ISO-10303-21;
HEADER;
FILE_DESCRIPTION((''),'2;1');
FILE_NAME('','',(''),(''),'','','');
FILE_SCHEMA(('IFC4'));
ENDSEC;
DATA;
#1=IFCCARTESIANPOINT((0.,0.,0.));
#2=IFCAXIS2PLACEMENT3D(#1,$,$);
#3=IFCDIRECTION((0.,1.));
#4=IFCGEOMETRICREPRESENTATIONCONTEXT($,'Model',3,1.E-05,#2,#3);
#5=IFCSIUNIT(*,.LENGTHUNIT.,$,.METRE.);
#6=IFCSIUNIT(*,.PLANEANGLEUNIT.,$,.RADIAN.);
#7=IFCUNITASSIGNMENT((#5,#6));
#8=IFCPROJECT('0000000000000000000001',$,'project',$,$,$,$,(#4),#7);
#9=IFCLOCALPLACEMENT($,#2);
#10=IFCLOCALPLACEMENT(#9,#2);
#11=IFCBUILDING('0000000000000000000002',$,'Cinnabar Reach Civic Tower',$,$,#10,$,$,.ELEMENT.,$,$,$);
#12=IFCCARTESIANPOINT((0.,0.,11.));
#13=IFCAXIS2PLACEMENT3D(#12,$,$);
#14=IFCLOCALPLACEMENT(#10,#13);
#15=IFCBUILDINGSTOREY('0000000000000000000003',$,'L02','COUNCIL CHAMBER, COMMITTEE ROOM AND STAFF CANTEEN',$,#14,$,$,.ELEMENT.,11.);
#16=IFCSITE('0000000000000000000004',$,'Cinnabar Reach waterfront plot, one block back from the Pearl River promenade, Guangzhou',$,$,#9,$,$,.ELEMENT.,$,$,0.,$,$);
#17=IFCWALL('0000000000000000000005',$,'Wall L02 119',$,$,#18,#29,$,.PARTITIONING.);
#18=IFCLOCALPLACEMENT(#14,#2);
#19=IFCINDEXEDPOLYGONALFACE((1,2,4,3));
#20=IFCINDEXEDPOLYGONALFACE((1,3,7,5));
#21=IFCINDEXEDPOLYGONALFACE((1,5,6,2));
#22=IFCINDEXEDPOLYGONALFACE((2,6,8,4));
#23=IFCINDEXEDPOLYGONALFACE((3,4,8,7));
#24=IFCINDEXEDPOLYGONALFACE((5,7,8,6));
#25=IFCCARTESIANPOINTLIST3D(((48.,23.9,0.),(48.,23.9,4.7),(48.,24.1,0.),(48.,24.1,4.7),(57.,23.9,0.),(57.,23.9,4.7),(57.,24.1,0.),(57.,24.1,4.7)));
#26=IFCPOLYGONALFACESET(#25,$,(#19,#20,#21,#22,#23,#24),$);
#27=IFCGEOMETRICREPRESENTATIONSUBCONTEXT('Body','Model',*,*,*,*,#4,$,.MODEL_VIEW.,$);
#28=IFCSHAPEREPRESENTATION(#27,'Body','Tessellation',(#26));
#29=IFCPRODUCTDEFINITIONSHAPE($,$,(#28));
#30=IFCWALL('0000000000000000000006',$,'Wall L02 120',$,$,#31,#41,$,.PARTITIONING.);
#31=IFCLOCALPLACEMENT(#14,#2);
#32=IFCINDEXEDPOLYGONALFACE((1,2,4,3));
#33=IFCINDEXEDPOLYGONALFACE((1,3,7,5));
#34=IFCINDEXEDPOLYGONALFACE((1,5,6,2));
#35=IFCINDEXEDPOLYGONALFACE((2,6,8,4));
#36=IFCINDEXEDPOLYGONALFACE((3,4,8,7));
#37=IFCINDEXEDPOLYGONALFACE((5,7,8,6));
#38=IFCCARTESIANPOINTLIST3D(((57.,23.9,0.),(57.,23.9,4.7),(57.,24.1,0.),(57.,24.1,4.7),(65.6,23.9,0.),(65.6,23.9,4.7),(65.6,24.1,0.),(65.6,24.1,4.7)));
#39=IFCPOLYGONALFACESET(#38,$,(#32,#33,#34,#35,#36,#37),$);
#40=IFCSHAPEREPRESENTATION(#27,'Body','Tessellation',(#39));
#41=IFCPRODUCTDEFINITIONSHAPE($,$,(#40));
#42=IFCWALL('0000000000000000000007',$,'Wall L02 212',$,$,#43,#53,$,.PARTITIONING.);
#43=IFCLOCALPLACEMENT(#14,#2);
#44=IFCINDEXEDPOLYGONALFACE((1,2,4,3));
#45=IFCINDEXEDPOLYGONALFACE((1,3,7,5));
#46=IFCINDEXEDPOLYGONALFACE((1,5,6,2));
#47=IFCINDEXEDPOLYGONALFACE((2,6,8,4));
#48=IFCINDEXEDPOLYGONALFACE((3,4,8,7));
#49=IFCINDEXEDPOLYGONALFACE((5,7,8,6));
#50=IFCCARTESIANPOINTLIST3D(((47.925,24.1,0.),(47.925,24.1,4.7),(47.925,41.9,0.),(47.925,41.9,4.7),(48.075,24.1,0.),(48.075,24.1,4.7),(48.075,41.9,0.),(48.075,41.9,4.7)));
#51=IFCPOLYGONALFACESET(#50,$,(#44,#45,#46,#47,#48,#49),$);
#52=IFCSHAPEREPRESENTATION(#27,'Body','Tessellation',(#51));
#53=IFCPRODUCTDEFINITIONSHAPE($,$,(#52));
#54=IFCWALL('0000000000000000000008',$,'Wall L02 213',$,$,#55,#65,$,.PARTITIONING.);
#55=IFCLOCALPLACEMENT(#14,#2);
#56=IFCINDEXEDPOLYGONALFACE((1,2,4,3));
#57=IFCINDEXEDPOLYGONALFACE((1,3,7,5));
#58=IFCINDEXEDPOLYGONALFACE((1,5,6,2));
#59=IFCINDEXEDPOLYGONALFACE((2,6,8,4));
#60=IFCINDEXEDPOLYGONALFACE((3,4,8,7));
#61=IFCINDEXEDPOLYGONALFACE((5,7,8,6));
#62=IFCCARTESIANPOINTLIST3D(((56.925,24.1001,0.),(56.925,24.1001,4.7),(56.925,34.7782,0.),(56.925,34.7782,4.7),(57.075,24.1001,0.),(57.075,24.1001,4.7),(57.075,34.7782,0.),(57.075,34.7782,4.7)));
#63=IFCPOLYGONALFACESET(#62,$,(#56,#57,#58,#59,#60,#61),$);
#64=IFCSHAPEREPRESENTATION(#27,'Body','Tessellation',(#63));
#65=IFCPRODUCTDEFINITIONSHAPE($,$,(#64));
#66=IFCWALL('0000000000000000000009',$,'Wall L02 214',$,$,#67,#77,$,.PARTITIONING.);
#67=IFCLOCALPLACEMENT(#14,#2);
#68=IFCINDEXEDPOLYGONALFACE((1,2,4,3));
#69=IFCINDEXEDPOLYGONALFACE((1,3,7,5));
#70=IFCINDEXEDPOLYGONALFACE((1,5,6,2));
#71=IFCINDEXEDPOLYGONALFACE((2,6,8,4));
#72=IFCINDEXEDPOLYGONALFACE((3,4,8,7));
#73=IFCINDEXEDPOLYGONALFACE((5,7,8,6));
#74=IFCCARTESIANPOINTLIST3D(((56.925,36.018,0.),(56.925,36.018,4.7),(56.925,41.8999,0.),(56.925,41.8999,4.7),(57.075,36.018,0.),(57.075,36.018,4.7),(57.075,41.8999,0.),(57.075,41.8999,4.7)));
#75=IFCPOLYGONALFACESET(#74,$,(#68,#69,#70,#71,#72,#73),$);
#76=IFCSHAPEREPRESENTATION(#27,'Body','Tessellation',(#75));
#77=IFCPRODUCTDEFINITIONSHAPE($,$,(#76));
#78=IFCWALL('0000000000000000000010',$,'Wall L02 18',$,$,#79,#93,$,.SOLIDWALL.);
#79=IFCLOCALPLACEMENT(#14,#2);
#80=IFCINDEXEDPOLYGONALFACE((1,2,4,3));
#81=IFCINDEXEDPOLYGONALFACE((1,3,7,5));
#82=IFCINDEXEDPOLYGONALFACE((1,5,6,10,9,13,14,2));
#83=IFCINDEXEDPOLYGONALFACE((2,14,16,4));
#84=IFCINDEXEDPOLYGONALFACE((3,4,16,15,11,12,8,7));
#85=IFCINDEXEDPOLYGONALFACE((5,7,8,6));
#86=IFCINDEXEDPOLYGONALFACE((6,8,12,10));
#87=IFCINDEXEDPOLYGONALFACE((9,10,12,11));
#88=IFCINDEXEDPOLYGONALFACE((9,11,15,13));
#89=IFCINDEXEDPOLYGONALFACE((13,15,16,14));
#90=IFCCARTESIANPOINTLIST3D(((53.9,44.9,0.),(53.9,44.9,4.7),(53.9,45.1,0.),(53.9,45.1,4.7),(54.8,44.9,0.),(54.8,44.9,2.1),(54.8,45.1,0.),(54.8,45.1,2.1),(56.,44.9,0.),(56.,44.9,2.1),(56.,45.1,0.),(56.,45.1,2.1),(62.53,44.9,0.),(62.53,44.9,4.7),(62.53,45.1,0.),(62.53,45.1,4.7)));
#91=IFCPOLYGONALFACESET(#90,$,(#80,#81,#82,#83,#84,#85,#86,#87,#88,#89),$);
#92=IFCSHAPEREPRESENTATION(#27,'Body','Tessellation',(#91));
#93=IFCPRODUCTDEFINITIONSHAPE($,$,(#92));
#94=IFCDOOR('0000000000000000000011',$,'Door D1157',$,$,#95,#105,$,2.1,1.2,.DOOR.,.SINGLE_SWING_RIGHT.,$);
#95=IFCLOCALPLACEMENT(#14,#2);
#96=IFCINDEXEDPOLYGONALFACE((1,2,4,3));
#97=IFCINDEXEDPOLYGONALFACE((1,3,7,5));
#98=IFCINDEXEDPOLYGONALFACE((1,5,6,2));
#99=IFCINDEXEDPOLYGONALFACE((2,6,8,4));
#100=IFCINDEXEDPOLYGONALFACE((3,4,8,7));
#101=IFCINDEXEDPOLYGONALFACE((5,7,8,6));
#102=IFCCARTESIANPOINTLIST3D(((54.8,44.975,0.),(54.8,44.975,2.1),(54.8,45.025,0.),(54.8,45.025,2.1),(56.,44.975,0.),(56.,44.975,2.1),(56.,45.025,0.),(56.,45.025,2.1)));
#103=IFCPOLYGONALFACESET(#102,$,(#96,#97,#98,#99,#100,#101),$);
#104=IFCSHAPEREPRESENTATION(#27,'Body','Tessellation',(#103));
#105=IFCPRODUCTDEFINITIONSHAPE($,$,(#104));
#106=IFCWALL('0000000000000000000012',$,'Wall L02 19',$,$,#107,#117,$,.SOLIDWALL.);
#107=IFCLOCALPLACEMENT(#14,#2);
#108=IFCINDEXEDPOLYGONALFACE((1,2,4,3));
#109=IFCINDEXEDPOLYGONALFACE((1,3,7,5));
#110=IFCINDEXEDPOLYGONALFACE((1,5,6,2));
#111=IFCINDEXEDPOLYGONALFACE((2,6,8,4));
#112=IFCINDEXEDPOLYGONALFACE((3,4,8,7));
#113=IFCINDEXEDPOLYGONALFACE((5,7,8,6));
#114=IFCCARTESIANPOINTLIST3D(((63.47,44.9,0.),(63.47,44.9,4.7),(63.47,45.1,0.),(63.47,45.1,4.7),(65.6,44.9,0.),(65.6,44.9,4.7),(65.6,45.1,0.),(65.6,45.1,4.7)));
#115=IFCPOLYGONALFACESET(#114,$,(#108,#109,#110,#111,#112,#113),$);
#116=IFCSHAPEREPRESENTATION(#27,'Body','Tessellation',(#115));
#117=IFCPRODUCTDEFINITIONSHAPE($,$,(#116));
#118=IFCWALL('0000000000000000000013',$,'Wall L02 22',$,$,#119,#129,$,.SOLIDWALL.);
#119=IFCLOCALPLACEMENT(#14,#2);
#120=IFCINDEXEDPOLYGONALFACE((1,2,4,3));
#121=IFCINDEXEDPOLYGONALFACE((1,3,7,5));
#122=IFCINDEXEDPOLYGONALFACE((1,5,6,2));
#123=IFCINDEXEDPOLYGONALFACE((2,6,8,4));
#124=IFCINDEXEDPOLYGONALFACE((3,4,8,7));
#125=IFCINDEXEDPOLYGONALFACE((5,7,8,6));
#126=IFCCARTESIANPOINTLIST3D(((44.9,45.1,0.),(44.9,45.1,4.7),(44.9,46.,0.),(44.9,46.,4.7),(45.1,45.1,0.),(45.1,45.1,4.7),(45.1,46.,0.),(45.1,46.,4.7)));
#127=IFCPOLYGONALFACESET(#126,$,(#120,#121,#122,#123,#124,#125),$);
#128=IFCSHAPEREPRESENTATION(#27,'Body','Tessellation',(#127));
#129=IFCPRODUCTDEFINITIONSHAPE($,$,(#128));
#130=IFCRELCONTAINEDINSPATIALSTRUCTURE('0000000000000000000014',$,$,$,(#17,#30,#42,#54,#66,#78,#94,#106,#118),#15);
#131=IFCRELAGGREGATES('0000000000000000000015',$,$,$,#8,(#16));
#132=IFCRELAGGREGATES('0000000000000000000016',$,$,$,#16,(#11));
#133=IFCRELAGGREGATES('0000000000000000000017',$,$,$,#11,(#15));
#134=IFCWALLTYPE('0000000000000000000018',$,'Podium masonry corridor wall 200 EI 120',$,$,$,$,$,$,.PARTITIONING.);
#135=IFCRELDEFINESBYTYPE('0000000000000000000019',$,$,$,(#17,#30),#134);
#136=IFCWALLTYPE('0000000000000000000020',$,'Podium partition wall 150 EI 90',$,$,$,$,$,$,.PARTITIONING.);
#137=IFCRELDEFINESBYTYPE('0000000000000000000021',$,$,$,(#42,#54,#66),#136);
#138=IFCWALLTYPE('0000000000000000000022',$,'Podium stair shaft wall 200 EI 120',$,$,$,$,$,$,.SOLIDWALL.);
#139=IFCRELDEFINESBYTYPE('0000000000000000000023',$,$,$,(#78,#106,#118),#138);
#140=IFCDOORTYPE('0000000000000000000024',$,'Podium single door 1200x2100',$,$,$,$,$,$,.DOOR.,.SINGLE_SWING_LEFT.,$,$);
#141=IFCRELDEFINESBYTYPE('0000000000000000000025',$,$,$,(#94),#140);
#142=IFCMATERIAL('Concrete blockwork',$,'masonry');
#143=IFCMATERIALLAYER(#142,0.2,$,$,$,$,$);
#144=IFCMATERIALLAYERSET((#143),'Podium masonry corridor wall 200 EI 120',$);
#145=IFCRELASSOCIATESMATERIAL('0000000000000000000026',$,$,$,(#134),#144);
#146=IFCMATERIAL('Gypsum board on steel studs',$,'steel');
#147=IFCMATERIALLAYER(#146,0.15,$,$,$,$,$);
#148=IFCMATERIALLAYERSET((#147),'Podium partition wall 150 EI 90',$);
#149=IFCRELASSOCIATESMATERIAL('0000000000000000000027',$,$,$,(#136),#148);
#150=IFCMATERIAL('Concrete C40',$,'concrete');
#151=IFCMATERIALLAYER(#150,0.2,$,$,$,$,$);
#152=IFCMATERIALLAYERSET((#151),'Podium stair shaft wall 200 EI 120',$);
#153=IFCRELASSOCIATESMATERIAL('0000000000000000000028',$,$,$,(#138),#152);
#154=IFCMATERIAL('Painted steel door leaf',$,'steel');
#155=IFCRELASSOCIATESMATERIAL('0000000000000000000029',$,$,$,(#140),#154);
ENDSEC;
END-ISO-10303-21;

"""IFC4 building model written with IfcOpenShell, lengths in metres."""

from ifc_helpers import new_model, si_unit, direction, frame, frame_2d, origin, place, context, subcontext, project, spatial, rectangle, extrude, material, layer, layer_set, type_object, element, fill, save


model = new_model("IFC4")

# Units and contexts
model_context = context("Model", 3, precision=1e-05, world=origin(), true_north=direction((0.0, 1.0)))
body_context = subcontext(model_context, "Body", "Model", "MODEL_VIEW")
ifc_project = project(units=[si_unit("LENGTHUNIT", "METRE"), si_unit("PLANEANGLEUNIT", "RADIAN")], contexts=[model_context])

# Site, building, storey
site_placement = place(None, origin())
site = spatial("IfcSite", under=ifc_project, at=site_placement, Name="Cinnabar Reach waterfront plot, one block back from the Pearl River promenade, Guangzhou", CompositionType="ELEMENT", RefElevation=0.0)
building_placement = place(site_placement, origin())
building = spatial("IfcBuilding", under=site, at=building_placement, Name="Cinnabar Reach Civic Tower", CompositionType="ELEMENT")
storey_placement = place(building_placement, frame((0.0, 0.0, 11.0)))
storey = spatial("IfcBuildingStorey", under=building, at=storey_placement, Name="L02", Description="COUNCIL CHAMBER, COMMITTEE ROOM AND STAFF CANTEEN", CompositionType="ELEMENT", Elevation=11.0)

# Shared definitions
ifc_material_1 = material(Name="Concrete blockwork", Category="masonry")
ifc_layer_1 = layer(ifc_material_1, 0.2)
ifc_layer_set_1 = layer_set([ifc_layer_1], Name="Podium masonry corridor wall 200 EI 120")
wall_type_1 = type_object("IfcWallType", Name="Podium masonry corridor wall 200 EI 120", PredefinedType="PARTITIONING", material=ifc_layer_set_1)
ifc_material_2 = material(Name="Painted steel door leaf", Category="steel")

# Walls
wall_1_placement = place(storey_placement, frame((48.0, 24.0, 0.0), z_axis=(0.0, 0.0, 1.0), x_axis=(1.0, 0.0, 0.0)))
element("IfcWall", 1, at=wall_1_placement, inside=storey, type_object=wall_type_1, Name="Wall L02 119", PredefinedType="PARTITIONING", context=body_context, shape_type="SweptSolid", body=[
    extrude(rectangle(XDim=9.0, YDim=0.2, at=frame_2d((4.5, 0.0))), origin(), (0.0, 0.0, 1.0), 4.7),
])
wall_2_placement = place(storey_placement, frame((57.0, 24.0, 0.0), z_axis=(0.0, 0.0, 1.0), x_axis=(1.0, 0.0, 0.0)))
element("IfcWall", 2, at=wall_2_placement, inside=storey, type_object=wall_type_1, Name="Wall L02 120", PredefinedType="PARTITIONING", context=body_context, shape_type="SweptSolid", body=[
    extrude(rectangle(XDim=8.6, YDim=0.2, at=frame_2d((4.3, 0.0))), origin(), (0.0, 0.0, 1.0), 4.7),
])
ifc_material_3 = material(Name="Gypsum board on steel studs", Category="steel")
ifc_layer_2 = layer(ifc_material_3, 0.15)
ifc_layer_set_2 = layer_set([ifc_layer_2], Name="Podium partition wall 150 EI 90")
wall_type_2 = type_object("IfcWallType", Name="Podium partition wall 150 EI 90", PredefinedType="PARTITIONING", material=ifc_layer_set_2)
wall_3_placement = place(storey_placement, frame((48.0, 24.1, 0.0), z_axis=(0.0, 0.0, 1.0), x_axis=(0.0, 1.0, 0.0)))
element("IfcWall", 3, at=wall_3_placement, inside=storey, type_object=wall_type_2, Name="Wall L02 212", PredefinedType="PARTITIONING", context=body_context, shape_type="SweptSolid", body=[
    extrude(rectangle(XDim=17.8, YDim=0.15, at=frame_2d((8.9, 0.0))), origin(), (0.0, 0.0, 1.0), 4.7),
])
wall_4_placement = place(storey_placement, frame((57.0, 24.1, 0.0), z_axis=(0.0, 0.0, 1.0), x_axis=(0.0, 1.0, 0.0)))
element("IfcWall", 4, at=wall_4_placement, inside=storey, type_object=wall_type_2, Name="Wall L02 213", PredefinedType="PARTITIONING", context=body_context, shape_type="SweptSolid", body=[
    extrude(rectangle(XDim=10.6781, YDim=0.15, at=frame_2d((5.3391, 0.0))), origin(), (0.0, 0.0, 1.0), 4.7),
])
wall_5_placement = place(storey_placement, frame((57.0, 36.0181, 0.0), z_axis=(0.0, 0.0, 1.0), x_axis=(0.0, 1.0, 0.0)))
element("IfcWall", 5, at=wall_5_placement, inside=storey, type_object=wall_type_2, Name="Wall L02 214", PredefinedType="PARTITIONING", context=body_context, shape_type="SweptSolid", body=[
    extrude(rectangle(XDim=5.8819, YDim=0.15, at=frame_2d((2.9409, 0.0))), origin(), (0.0, 0.0, 1.0), 4.7),
])

# Wall, opening, door
ifc_material_4 = material(Name="Concrete C40", Category="concrete")
ifc_layer_3 = layer(ifc_material_4, 0.2)
ifc_layer_set_3 = layer_set([ifc_layer_3], Name="Podium stair shaft wall 200 EI 120")
wall_type_3 = type_object("IfcWallType", Name="Podium stair shaft wall 200 EI 120", PredefinedType="SOLIDWALL", material=ifc_layer_set_3)
wall_6_placement = place(storey_placement, frame((53.9, 45.0, 0.0), z_axis=(0.0, 0.0, 1.0), x_axis=(1.0, 0.0, 0.0)))
wall_6 = element("IfcWall", 6, at=wall_6_placement, inside=storey, type_object=wall_type_3, Name="Wall L02 18", PredefinedType="SOLIDWALL", context=body_context, shape_type="SweptSolid", body=[
    extrude(rectangle(XDim=8.63, YDim=0.2, at=frame_2d((4.315, 0.0))), origin(), (0.0, 0.0, 1.0), 4.7),
])
opening_1_placement = place(wall_6_placement, frame((0.9, 0.0, 0.0)))
opening_1 = element("IfcOpeningElement", 7, at=opening_1_placement, cuts=wall_6, PredefinedType="OPENING", context=body_context, shape_type="SweptSolid", body=[
    extrude(rectangle(XDim=1.2, YDim=2.1, at=frame_2d((0.6, 1.05))), frame((0.0, 0.11, 0.0), z_axis=(0.0, -1.0, 0.0), x_axis=(1.0, 0.0, 0.0)), (0.0, 0.0, 1.0), 0.22),
])
door_type_1 = type_object("IfcDoorType", Name="Podium single door 1200x2100", OperationType="SINGLE_SWING_LEFT", PredefinedType="DOOR", material=ifc_material_2)
door_1_placement = place(opening_1_placement, origin())
door_1 = element("IfcDoor", 8, at=door_1_placement, inside=storey, type_object=door_type_1, Name="Door D1157", OperationType="SINGLE_SWING_RIGHT", OverallHeight=2.1, OverallWidth=1.2, PredefinedType="DOOR", context=body_context, shape_type="SweptSolid", body=[
    extrude(rectangle(XDim=1.2, YDim=2.1, at=frame_2d((0.6, 1.05))), frame((0.0, 0.025, 0.0), z_axis=(0.0, -1.0, 0.0), x_axis=(1.0, 0.0, 0.0)), (0.0, 0.0, 1.0), 0.05),
])
fill(opening_1, door_1)

# Walls
wall_7_placement = place(storey_placement, frame((63.47, 45.0, 0.0), z_axis=(0.0, 0.0, 1.0), x_axis=(1.0, 0.0, 0.0)))
element("IfcWall", 9, at=wall_7_placement, inside=storey, type_object=wall_type_3, Name="Wall L02 19", PredefinedType="SOLIDWALL", context=body_context, shape_type="SweptSolid", body=[
    extrude(rectangle(XDim=2.13, YDim=0.2, at=frame_2d((1.065, 0.0))), origin(), (0.0, 0.0, 1.0), 4.7),
])
wall_8_placement = place(storey_placement, frame((45.0, 45.1, 0.0), z_axis=(0.0, 0.0, 1.0), x_axis=(0.0, 1.0, 0.0)))
element("IfcWall", 10, at=wall_8_placement, inside=storey, type_object=wall_type_3, Name="Wall L02 22", PredefinedType="SOLIDWALL", context=body_context, shape_type="SweptSolid", body=[
    extrude(rectangle(XDim=0.9, YDim=0.2, at=frame_2d((0.45, 0.0))), origin(), (0.0, 0.0, 1.0), 4.7),
])

save(model, "model.ifc")
